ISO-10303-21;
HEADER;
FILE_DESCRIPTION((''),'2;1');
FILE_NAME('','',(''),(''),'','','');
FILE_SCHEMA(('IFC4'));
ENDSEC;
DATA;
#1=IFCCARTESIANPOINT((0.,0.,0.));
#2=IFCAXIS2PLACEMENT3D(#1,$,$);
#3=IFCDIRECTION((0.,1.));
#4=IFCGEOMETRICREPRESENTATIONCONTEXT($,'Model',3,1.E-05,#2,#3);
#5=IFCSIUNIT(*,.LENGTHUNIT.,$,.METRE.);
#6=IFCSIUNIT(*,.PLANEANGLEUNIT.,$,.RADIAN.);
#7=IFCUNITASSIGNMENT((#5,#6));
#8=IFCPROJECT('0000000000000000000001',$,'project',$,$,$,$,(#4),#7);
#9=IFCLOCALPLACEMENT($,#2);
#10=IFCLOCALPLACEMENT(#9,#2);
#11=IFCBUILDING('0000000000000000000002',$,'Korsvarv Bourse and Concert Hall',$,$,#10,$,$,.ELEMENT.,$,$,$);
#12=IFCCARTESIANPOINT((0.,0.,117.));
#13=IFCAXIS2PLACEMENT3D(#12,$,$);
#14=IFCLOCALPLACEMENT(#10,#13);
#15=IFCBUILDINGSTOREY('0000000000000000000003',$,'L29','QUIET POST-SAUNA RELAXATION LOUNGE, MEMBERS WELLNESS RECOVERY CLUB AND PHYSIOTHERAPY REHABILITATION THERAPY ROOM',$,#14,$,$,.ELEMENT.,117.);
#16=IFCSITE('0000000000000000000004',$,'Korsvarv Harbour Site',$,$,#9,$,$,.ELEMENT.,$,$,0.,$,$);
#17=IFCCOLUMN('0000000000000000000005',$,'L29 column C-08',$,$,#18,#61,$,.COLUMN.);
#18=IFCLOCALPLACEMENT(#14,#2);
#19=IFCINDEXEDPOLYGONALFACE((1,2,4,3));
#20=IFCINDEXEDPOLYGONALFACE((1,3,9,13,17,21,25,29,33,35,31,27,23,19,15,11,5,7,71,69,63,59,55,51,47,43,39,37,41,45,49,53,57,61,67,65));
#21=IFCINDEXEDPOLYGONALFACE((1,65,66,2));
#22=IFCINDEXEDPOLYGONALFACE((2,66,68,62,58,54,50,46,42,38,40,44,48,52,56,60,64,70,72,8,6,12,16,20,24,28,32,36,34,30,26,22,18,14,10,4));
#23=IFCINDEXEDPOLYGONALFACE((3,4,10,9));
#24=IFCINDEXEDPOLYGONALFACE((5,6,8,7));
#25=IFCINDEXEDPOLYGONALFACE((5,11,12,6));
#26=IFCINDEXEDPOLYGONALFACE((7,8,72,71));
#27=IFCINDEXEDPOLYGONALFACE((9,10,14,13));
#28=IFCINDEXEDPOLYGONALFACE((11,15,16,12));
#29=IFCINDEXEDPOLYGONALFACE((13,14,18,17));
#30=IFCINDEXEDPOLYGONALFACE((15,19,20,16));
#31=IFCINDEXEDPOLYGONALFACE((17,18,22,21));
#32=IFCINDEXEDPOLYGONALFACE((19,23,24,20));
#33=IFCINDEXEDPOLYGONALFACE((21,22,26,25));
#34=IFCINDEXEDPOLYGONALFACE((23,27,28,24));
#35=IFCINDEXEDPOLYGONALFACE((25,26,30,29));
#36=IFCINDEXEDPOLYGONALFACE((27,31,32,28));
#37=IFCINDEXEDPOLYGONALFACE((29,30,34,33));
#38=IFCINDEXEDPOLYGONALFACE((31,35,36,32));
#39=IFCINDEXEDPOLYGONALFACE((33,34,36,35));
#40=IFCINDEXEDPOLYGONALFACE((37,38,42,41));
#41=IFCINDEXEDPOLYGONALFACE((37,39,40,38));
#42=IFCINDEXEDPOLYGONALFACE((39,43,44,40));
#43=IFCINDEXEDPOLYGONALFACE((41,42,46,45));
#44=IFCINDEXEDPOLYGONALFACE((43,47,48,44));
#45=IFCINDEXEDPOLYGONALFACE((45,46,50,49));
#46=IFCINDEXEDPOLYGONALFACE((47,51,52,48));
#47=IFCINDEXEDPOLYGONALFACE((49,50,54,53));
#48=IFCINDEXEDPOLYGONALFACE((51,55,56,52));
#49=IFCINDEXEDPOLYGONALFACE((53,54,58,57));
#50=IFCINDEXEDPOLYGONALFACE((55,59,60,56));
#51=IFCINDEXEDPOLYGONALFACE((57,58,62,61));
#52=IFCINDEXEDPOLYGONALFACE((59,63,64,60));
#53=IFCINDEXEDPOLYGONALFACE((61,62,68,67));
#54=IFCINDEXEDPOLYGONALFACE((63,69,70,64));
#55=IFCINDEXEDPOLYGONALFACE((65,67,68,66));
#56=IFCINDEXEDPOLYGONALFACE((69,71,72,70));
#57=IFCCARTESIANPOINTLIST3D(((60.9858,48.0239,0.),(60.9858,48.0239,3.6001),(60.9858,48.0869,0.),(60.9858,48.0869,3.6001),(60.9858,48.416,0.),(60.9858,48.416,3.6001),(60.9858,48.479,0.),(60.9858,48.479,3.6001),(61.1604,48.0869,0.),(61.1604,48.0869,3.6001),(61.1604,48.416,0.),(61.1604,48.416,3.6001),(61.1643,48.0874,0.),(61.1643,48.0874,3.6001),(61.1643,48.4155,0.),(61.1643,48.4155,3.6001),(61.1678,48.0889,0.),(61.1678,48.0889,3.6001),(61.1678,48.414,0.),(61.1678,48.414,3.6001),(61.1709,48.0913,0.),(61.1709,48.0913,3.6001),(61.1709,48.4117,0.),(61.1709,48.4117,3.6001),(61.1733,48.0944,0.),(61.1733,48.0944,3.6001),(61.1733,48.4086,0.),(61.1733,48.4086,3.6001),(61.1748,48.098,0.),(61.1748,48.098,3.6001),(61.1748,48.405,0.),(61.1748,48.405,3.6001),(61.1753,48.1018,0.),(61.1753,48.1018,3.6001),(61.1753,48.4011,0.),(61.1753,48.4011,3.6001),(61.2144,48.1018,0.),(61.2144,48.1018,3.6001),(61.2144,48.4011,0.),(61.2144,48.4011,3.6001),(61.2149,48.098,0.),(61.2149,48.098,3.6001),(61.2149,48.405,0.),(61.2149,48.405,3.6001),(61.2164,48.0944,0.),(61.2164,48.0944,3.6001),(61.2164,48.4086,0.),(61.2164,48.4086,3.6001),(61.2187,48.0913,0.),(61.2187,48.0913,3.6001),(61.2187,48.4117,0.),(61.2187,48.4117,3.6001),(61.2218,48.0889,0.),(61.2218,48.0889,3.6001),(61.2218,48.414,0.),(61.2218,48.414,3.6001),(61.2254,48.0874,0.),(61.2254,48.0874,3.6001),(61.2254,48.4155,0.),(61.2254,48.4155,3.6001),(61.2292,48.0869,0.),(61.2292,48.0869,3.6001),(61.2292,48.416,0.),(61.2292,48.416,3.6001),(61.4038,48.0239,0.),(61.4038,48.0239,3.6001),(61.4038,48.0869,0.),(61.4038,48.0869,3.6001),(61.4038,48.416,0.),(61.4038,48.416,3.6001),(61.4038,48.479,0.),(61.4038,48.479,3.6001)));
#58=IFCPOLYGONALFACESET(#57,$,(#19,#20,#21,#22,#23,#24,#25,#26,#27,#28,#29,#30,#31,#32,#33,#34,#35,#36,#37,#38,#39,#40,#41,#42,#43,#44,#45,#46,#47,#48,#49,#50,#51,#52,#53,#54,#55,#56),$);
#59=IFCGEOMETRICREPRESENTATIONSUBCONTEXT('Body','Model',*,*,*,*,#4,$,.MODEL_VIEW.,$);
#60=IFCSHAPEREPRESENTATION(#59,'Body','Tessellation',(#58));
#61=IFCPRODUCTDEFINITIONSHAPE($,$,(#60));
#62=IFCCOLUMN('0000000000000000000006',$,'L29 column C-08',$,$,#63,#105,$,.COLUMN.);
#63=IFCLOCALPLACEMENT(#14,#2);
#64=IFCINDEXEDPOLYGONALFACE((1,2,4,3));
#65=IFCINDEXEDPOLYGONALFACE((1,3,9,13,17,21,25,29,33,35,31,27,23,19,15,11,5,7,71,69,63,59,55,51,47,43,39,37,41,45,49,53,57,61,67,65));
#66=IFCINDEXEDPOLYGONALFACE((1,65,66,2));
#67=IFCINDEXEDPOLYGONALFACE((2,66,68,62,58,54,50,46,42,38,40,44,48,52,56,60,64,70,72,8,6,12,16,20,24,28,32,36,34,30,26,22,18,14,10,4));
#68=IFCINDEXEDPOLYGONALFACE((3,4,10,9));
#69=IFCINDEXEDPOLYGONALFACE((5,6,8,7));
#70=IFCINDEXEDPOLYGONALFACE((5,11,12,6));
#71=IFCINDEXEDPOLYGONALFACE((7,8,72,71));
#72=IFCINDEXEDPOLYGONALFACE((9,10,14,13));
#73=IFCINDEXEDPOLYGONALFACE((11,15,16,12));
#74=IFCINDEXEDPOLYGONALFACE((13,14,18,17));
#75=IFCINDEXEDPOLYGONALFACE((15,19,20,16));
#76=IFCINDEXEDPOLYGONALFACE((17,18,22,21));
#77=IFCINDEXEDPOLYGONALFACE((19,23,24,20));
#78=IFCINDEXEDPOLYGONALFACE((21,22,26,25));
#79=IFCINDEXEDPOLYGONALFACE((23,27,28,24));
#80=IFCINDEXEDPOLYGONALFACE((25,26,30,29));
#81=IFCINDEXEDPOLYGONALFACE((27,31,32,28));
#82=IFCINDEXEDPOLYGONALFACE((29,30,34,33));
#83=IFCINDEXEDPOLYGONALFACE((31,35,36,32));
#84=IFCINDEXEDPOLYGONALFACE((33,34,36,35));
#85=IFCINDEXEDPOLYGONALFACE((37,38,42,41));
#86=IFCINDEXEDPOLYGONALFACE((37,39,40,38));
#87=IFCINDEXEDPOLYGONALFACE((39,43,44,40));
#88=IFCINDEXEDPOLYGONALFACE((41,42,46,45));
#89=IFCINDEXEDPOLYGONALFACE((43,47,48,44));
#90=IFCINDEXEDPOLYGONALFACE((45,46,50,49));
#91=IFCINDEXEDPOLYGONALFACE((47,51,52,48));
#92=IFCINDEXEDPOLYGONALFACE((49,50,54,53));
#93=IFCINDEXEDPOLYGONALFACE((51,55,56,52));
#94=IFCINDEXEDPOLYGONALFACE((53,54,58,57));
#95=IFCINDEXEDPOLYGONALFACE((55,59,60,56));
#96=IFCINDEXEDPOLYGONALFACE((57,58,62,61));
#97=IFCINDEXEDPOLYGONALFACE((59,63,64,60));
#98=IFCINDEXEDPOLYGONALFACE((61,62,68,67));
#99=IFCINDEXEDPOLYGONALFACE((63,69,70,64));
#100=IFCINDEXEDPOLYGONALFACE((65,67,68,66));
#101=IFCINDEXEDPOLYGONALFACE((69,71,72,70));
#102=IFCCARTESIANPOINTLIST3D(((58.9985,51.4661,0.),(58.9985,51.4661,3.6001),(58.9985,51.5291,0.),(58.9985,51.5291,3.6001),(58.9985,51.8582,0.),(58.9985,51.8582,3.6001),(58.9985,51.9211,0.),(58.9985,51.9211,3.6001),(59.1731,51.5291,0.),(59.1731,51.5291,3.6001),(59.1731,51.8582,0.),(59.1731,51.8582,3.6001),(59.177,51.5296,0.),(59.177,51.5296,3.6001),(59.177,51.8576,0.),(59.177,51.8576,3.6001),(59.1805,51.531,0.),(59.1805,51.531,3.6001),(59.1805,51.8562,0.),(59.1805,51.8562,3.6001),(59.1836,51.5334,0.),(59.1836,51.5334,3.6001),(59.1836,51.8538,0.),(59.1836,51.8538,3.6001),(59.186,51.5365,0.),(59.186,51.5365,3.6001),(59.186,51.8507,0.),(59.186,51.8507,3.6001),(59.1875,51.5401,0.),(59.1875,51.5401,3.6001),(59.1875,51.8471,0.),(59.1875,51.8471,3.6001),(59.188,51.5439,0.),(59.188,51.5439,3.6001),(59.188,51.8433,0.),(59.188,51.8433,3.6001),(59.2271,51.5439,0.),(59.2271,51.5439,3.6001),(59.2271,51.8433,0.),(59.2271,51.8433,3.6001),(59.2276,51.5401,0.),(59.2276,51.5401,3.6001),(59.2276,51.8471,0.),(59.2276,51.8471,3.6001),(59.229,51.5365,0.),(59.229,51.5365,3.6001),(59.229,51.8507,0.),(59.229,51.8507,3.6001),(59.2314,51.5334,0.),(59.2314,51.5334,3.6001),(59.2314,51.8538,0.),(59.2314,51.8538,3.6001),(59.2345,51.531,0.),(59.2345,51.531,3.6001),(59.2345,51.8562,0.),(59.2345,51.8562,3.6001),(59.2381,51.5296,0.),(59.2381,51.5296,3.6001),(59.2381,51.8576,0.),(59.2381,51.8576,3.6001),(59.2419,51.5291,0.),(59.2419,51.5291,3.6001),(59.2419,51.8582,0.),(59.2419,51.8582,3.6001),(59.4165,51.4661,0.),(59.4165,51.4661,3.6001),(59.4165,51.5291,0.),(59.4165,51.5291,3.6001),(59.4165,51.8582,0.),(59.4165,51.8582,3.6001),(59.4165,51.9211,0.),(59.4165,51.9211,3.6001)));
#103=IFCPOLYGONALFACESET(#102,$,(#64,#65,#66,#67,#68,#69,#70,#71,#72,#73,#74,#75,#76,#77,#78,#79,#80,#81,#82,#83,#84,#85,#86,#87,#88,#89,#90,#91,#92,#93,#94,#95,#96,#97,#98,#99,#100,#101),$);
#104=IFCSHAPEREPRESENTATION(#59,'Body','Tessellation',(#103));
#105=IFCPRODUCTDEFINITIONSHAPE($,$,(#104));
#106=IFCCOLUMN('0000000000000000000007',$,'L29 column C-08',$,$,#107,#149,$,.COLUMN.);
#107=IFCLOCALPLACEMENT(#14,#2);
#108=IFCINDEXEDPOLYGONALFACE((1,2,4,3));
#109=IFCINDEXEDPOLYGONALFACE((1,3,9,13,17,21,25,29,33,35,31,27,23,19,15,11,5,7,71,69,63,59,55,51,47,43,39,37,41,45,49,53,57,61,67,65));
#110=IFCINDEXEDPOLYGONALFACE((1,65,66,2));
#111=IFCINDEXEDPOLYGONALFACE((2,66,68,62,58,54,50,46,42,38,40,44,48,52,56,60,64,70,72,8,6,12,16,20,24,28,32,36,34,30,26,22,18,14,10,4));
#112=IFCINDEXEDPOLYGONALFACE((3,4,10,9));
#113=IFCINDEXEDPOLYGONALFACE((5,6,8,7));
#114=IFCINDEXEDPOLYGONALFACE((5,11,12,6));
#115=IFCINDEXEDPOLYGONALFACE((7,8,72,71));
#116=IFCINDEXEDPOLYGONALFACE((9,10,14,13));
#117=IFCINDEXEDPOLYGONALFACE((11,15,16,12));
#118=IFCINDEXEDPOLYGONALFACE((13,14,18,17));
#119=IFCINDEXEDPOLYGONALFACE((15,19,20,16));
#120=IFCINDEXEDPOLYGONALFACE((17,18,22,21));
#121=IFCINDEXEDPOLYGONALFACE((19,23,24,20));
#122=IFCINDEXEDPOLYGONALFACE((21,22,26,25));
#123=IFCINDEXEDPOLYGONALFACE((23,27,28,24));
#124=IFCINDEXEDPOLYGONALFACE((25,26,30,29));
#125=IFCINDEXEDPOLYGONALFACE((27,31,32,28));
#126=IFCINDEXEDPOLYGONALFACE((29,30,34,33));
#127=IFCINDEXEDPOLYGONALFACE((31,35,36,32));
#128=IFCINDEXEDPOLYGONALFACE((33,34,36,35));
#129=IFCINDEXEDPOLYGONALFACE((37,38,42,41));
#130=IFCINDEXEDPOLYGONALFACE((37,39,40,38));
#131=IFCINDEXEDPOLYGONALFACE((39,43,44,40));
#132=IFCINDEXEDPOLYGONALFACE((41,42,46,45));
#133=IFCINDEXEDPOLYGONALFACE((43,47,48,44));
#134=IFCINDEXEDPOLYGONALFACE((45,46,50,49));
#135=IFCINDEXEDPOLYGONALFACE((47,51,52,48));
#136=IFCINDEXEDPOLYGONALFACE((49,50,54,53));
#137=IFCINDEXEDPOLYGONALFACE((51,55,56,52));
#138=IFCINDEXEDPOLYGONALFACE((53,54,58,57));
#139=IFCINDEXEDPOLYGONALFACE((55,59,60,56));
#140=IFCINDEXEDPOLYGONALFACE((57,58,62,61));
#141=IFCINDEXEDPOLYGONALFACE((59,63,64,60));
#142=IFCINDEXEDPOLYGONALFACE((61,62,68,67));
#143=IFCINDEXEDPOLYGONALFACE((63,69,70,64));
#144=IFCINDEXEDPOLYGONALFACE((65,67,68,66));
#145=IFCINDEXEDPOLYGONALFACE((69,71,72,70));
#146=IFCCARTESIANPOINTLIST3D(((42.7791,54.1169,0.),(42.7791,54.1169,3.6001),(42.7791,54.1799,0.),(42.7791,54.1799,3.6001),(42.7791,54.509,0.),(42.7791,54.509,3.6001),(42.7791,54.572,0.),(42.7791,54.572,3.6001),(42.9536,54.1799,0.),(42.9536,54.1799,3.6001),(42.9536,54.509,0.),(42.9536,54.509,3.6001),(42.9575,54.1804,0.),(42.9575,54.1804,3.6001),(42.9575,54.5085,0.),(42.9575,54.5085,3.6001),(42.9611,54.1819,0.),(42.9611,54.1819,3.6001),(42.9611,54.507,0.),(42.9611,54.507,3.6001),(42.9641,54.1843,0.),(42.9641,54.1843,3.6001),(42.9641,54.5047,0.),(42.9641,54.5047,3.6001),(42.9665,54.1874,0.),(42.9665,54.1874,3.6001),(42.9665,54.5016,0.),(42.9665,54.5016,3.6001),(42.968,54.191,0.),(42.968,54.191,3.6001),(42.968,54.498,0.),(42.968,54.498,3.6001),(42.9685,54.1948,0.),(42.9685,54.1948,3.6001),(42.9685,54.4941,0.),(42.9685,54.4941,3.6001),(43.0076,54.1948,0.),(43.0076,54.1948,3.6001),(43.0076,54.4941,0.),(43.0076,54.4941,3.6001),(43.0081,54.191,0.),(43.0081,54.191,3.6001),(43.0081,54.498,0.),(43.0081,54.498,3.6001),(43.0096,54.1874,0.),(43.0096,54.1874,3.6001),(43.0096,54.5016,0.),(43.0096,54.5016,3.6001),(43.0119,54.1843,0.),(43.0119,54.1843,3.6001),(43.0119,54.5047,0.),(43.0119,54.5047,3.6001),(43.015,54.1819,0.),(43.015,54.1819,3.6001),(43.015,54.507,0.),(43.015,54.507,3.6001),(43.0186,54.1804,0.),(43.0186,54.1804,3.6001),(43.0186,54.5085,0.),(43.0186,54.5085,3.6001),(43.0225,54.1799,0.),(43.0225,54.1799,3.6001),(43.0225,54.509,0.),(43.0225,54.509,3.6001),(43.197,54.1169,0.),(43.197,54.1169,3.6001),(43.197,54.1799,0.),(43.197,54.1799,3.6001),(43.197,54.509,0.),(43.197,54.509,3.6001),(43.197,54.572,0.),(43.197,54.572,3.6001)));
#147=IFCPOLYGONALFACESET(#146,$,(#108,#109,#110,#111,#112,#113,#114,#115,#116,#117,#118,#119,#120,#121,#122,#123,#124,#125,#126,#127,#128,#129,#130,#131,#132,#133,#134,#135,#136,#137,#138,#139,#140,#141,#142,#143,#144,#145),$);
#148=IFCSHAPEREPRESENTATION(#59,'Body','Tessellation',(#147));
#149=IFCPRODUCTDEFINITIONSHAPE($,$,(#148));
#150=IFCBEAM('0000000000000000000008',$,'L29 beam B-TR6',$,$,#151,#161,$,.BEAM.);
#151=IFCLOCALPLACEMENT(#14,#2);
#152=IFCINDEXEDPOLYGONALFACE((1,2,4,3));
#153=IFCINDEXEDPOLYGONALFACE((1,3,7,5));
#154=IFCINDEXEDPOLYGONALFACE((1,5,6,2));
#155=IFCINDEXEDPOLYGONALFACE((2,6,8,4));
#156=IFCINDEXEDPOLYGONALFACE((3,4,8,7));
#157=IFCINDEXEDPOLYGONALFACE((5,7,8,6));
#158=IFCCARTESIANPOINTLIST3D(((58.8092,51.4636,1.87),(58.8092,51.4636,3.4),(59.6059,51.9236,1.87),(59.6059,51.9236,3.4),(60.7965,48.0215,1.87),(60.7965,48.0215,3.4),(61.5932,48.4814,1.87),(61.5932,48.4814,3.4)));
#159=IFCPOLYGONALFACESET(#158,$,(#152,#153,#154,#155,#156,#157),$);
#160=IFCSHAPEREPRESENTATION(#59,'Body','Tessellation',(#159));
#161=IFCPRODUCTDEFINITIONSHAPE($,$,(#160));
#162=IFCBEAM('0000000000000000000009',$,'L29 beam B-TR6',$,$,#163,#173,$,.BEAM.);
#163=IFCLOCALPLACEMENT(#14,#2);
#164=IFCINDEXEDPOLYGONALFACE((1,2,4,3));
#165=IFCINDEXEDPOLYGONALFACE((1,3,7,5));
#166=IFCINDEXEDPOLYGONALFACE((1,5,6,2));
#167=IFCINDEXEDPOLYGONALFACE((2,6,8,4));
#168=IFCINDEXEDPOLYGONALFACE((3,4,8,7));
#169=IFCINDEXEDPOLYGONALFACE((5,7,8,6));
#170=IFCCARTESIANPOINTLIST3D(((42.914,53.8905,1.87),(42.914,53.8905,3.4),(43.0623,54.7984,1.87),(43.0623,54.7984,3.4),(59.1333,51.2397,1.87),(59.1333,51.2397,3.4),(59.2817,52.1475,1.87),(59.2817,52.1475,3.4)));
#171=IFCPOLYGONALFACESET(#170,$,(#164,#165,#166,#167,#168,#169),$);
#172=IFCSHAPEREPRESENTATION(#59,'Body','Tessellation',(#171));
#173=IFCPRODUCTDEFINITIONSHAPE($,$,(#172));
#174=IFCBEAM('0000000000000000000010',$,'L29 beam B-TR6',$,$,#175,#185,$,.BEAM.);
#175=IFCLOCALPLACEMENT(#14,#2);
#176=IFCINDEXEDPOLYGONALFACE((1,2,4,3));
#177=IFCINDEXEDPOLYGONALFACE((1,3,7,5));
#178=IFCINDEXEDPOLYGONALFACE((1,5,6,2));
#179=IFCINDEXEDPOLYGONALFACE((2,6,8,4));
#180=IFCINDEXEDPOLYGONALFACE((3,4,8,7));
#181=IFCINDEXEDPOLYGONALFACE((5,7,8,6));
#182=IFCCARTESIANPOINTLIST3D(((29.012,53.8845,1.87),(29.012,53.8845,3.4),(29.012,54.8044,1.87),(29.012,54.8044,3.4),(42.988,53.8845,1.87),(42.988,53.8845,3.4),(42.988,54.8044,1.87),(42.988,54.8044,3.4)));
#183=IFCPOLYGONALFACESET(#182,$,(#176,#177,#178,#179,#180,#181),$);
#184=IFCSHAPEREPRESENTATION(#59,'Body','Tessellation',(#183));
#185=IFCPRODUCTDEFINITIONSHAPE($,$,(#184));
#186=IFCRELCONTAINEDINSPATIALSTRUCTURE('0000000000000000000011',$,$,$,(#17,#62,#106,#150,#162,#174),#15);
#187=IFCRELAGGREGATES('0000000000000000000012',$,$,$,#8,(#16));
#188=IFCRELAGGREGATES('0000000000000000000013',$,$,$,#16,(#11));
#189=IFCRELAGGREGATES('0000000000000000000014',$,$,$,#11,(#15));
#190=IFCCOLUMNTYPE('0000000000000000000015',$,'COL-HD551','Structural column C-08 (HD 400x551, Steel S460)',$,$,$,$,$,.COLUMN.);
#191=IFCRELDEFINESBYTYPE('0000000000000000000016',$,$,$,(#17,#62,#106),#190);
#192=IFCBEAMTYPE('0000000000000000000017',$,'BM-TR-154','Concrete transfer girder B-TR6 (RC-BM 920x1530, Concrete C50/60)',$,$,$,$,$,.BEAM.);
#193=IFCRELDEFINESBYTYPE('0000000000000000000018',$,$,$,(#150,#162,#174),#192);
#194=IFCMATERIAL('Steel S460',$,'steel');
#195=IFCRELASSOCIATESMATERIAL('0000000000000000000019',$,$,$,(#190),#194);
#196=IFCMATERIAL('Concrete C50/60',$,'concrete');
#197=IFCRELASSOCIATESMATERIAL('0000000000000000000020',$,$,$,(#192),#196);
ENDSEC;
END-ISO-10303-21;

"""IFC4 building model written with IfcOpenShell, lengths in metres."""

from ifc_helpers import new_model, si_unit, direction, frame, origin, origin_2d, place, context, subcontext, project, spatial, rectangle, i_section, extrude, source, transform, mapped, material, material_profile, profile_set, type_object, element, save


model = new_model("IFC4")

# Units and contexts
model_context = context("Model", 3, precision=1e-05, world=origin(), true_north=direction((0.0, 1.0)))
body_context = subcontext(model_context, "Body", "Model", "MODEL_VIEW")
ifc_project = project(units=[si_unit("LENGTHUNIT", "METRE"), si_unit("PLANEANGLEUNIT", "RADIAN")], contexts=[model_context])

# Site, building, storey
site_placement = place(None, origin())
site = spatial("IfcSite", under=ifc_project, at=site_placement, Name="Korsvarv Harbour Site", CompositionType="ELEMENT", RefElevation=0.0)
building_placement = place(site_placement, origin())
building = spatial("IfcBuilding", under=site, at=building_placement, Name="Korsvarv Bourse and Concert Hall", CompositionType="ELEMENT")
storey_placement = place(building_placement, frame((0.0, 0.0, 117.0)))
storey = spatial("IfcBuildingStorey", under=building, at=storey_placement, Name="L29", Description="QUIET POST-SAUNA RELAXATION LOUNGE, MEMBERS WELLNESS RECOVERY CLUB AND PHYSIOTHERAPY REHABILITATION THERAPY ROOM", CompositionType="ELEMENT", Elevation=117.0)

# Columns
ifc_material_1 = material(Name="Steel S460", Category="steel")
ifc_material_profile_1 = material_profile(ifc_material_1, i_section(OverallWidth=0.418, OverallDepth=0.4551, WebThickness=0.0391, FlangeThickness=0.063, FilletRadius=0.0149, at=origin_2d()), Name="HD 400x551")
ifc_profile_set_1 = profile_set([ifc_material_profile_1], Name="Steel S460")
column_type = type_object("IfcColumnType", Name="COL-HD551", Description="Structural column C-08 (HD 400x551, Steel S460)", PredefinedType="COLUMN", material=ifc_profile_set_1)
shared_shape_1 = source(origin(), body_context, "Body", "SweptSolid", [
    extrude(i_section(OverallWidth=0.418, OverallDepth=0.4551, WebThickness=0.0391, FlangeThickness=0.063, FilletRadius=0.0149, at=origin_2d()), origin(), (0.0, 0.0, 1.0), 3.6001),
])
for number, where, z_axis, x_axis, name in (
    (1, (61.1948, 48.2515, 0.0), (0.0, 0.0, 1.0), (1.0, 0.0, 0.0), "L29 column C-08"),
    (2, (59.2075, 51.6936, 0.0), (0.0, 0.0, 1.0), (1.0, 0.0, 0.0), "L29 column C-08"),
    (3, (42.988, 54.3445, 0.0), (0.0, 0.0, 1.0), (1.0, 0.0, 0.0), "L29 column C-08"),
):
    element("IfcColumn", number, at=place(storey_placement, frame(where, z_axis=z_axis, x_axis=x_axis)), inside=storey, type_object=column_type, Name=name, PredefinedType="COLUMN", context=body_context, shape_type="MappedRepresentation", body=[
        mapped(shared_shape_1, transform((0.0, 0.0, 0.0), scale=1.0)),
    ])

# Beams
ifc_material_2 = material(Name="Concrete C50/60", Category="concrete")
ifc_material_profile_2 = material_profile(ifc_material_2, rectangle(XDim=0.9199, YDim=1.53, at=origin_2d()), Name="RC-BM 920x1530")
ifc_profile_set_2 = profile_set([ifc_material_profile_2], Name="Concrete C50/60")
beam_type_1 = type_object("IfcBeamType", Name="BM-TR-154", Description="Concrete transfer girder B-TR6 (RC-BM 920x1530, Concrete C50/60)", PredefinedType="BEAM", material=ifc_profile_set_2)
shared_shape_2 = source(origin(), body_context, "Body", "SweptSolid", [
    extrude(rectangle(XDim=0.9199, YDim=1.53, at=origin_2d()), origin(), (0.0, 0.0, 1.0), 3.9746),
])
beam_1_placement = place(storey_placement, frame((61.1948, 48.2515, 2.635), z_axis=(-0.499997, 0.866027, 0.0), x_axis=(-0.866027, -0.499997, 0.0)))
element("IfcBeam", 4, at=beam_1_placement, inside=storey, type_object=beam_type_1, Name="L29 beam B-TR6", PredefinedType="BEAM", context=body_context, shape_type="MappedRepresentation", body=[
    mapped(shared_shape_2, transform((0.0, 0.0, 0.0), scale=1.0)),
])
shared_shape_3 = source(origin(), body_context, "Body", "SweptSolid", [
    extrude(rectangle(XDim=0.9199, YDim=1.53, at=origin_2d()), origin(), (0.0, 0.0, 1.0), 16.4346),
])
beam_2_placement = place(storey_placement, frame((59.2075, 51.6936, 2.635), z_axis=(-0.986906, 0.161298, 0.0), x_axis=(-0.161298, -0.986906, 0.0)))
element("IfcBeam", 5, at=beam_2_placement, inside=storey, type_object=beam_type_1, Name="L29 beam B-TR6", PredefinedType="BEAM", context=body_context, shape_type="MappedRepresentation", body=[
    mapped(shared_shape_3, transform((0.0, 0.0, 0.0), scale=1.0)),
])
shared_shape_4 = source(origin(), body_context, "Body", "SweptSolid", [
    extrude(rectangle(XDim=0.9199, YDim=1.53, at=origin_2d()), origin(), (0.0, 0.0, 1.0), 13.9761),
])
beam_3_placement = place(storey_placement, frame((42.988, 54.3445, 2.635), z_axis=(-1.0, 0.0, 0.0), x_axis=(0.0, -1.0, 0.0)))
element("IfcBeam", 6, at=beam_3_placement, inside=storey, type_object=beam_type_1, Name="L29 beam B-TR6", PredefinedType="BEAM", context=body_context, shape_type="MappedRepresentation", body=[
    mapped(shared_shape_4, transform((0.0, 0.0, 0.0), scale=1.0)),
])

save(model, "model.ifc")
